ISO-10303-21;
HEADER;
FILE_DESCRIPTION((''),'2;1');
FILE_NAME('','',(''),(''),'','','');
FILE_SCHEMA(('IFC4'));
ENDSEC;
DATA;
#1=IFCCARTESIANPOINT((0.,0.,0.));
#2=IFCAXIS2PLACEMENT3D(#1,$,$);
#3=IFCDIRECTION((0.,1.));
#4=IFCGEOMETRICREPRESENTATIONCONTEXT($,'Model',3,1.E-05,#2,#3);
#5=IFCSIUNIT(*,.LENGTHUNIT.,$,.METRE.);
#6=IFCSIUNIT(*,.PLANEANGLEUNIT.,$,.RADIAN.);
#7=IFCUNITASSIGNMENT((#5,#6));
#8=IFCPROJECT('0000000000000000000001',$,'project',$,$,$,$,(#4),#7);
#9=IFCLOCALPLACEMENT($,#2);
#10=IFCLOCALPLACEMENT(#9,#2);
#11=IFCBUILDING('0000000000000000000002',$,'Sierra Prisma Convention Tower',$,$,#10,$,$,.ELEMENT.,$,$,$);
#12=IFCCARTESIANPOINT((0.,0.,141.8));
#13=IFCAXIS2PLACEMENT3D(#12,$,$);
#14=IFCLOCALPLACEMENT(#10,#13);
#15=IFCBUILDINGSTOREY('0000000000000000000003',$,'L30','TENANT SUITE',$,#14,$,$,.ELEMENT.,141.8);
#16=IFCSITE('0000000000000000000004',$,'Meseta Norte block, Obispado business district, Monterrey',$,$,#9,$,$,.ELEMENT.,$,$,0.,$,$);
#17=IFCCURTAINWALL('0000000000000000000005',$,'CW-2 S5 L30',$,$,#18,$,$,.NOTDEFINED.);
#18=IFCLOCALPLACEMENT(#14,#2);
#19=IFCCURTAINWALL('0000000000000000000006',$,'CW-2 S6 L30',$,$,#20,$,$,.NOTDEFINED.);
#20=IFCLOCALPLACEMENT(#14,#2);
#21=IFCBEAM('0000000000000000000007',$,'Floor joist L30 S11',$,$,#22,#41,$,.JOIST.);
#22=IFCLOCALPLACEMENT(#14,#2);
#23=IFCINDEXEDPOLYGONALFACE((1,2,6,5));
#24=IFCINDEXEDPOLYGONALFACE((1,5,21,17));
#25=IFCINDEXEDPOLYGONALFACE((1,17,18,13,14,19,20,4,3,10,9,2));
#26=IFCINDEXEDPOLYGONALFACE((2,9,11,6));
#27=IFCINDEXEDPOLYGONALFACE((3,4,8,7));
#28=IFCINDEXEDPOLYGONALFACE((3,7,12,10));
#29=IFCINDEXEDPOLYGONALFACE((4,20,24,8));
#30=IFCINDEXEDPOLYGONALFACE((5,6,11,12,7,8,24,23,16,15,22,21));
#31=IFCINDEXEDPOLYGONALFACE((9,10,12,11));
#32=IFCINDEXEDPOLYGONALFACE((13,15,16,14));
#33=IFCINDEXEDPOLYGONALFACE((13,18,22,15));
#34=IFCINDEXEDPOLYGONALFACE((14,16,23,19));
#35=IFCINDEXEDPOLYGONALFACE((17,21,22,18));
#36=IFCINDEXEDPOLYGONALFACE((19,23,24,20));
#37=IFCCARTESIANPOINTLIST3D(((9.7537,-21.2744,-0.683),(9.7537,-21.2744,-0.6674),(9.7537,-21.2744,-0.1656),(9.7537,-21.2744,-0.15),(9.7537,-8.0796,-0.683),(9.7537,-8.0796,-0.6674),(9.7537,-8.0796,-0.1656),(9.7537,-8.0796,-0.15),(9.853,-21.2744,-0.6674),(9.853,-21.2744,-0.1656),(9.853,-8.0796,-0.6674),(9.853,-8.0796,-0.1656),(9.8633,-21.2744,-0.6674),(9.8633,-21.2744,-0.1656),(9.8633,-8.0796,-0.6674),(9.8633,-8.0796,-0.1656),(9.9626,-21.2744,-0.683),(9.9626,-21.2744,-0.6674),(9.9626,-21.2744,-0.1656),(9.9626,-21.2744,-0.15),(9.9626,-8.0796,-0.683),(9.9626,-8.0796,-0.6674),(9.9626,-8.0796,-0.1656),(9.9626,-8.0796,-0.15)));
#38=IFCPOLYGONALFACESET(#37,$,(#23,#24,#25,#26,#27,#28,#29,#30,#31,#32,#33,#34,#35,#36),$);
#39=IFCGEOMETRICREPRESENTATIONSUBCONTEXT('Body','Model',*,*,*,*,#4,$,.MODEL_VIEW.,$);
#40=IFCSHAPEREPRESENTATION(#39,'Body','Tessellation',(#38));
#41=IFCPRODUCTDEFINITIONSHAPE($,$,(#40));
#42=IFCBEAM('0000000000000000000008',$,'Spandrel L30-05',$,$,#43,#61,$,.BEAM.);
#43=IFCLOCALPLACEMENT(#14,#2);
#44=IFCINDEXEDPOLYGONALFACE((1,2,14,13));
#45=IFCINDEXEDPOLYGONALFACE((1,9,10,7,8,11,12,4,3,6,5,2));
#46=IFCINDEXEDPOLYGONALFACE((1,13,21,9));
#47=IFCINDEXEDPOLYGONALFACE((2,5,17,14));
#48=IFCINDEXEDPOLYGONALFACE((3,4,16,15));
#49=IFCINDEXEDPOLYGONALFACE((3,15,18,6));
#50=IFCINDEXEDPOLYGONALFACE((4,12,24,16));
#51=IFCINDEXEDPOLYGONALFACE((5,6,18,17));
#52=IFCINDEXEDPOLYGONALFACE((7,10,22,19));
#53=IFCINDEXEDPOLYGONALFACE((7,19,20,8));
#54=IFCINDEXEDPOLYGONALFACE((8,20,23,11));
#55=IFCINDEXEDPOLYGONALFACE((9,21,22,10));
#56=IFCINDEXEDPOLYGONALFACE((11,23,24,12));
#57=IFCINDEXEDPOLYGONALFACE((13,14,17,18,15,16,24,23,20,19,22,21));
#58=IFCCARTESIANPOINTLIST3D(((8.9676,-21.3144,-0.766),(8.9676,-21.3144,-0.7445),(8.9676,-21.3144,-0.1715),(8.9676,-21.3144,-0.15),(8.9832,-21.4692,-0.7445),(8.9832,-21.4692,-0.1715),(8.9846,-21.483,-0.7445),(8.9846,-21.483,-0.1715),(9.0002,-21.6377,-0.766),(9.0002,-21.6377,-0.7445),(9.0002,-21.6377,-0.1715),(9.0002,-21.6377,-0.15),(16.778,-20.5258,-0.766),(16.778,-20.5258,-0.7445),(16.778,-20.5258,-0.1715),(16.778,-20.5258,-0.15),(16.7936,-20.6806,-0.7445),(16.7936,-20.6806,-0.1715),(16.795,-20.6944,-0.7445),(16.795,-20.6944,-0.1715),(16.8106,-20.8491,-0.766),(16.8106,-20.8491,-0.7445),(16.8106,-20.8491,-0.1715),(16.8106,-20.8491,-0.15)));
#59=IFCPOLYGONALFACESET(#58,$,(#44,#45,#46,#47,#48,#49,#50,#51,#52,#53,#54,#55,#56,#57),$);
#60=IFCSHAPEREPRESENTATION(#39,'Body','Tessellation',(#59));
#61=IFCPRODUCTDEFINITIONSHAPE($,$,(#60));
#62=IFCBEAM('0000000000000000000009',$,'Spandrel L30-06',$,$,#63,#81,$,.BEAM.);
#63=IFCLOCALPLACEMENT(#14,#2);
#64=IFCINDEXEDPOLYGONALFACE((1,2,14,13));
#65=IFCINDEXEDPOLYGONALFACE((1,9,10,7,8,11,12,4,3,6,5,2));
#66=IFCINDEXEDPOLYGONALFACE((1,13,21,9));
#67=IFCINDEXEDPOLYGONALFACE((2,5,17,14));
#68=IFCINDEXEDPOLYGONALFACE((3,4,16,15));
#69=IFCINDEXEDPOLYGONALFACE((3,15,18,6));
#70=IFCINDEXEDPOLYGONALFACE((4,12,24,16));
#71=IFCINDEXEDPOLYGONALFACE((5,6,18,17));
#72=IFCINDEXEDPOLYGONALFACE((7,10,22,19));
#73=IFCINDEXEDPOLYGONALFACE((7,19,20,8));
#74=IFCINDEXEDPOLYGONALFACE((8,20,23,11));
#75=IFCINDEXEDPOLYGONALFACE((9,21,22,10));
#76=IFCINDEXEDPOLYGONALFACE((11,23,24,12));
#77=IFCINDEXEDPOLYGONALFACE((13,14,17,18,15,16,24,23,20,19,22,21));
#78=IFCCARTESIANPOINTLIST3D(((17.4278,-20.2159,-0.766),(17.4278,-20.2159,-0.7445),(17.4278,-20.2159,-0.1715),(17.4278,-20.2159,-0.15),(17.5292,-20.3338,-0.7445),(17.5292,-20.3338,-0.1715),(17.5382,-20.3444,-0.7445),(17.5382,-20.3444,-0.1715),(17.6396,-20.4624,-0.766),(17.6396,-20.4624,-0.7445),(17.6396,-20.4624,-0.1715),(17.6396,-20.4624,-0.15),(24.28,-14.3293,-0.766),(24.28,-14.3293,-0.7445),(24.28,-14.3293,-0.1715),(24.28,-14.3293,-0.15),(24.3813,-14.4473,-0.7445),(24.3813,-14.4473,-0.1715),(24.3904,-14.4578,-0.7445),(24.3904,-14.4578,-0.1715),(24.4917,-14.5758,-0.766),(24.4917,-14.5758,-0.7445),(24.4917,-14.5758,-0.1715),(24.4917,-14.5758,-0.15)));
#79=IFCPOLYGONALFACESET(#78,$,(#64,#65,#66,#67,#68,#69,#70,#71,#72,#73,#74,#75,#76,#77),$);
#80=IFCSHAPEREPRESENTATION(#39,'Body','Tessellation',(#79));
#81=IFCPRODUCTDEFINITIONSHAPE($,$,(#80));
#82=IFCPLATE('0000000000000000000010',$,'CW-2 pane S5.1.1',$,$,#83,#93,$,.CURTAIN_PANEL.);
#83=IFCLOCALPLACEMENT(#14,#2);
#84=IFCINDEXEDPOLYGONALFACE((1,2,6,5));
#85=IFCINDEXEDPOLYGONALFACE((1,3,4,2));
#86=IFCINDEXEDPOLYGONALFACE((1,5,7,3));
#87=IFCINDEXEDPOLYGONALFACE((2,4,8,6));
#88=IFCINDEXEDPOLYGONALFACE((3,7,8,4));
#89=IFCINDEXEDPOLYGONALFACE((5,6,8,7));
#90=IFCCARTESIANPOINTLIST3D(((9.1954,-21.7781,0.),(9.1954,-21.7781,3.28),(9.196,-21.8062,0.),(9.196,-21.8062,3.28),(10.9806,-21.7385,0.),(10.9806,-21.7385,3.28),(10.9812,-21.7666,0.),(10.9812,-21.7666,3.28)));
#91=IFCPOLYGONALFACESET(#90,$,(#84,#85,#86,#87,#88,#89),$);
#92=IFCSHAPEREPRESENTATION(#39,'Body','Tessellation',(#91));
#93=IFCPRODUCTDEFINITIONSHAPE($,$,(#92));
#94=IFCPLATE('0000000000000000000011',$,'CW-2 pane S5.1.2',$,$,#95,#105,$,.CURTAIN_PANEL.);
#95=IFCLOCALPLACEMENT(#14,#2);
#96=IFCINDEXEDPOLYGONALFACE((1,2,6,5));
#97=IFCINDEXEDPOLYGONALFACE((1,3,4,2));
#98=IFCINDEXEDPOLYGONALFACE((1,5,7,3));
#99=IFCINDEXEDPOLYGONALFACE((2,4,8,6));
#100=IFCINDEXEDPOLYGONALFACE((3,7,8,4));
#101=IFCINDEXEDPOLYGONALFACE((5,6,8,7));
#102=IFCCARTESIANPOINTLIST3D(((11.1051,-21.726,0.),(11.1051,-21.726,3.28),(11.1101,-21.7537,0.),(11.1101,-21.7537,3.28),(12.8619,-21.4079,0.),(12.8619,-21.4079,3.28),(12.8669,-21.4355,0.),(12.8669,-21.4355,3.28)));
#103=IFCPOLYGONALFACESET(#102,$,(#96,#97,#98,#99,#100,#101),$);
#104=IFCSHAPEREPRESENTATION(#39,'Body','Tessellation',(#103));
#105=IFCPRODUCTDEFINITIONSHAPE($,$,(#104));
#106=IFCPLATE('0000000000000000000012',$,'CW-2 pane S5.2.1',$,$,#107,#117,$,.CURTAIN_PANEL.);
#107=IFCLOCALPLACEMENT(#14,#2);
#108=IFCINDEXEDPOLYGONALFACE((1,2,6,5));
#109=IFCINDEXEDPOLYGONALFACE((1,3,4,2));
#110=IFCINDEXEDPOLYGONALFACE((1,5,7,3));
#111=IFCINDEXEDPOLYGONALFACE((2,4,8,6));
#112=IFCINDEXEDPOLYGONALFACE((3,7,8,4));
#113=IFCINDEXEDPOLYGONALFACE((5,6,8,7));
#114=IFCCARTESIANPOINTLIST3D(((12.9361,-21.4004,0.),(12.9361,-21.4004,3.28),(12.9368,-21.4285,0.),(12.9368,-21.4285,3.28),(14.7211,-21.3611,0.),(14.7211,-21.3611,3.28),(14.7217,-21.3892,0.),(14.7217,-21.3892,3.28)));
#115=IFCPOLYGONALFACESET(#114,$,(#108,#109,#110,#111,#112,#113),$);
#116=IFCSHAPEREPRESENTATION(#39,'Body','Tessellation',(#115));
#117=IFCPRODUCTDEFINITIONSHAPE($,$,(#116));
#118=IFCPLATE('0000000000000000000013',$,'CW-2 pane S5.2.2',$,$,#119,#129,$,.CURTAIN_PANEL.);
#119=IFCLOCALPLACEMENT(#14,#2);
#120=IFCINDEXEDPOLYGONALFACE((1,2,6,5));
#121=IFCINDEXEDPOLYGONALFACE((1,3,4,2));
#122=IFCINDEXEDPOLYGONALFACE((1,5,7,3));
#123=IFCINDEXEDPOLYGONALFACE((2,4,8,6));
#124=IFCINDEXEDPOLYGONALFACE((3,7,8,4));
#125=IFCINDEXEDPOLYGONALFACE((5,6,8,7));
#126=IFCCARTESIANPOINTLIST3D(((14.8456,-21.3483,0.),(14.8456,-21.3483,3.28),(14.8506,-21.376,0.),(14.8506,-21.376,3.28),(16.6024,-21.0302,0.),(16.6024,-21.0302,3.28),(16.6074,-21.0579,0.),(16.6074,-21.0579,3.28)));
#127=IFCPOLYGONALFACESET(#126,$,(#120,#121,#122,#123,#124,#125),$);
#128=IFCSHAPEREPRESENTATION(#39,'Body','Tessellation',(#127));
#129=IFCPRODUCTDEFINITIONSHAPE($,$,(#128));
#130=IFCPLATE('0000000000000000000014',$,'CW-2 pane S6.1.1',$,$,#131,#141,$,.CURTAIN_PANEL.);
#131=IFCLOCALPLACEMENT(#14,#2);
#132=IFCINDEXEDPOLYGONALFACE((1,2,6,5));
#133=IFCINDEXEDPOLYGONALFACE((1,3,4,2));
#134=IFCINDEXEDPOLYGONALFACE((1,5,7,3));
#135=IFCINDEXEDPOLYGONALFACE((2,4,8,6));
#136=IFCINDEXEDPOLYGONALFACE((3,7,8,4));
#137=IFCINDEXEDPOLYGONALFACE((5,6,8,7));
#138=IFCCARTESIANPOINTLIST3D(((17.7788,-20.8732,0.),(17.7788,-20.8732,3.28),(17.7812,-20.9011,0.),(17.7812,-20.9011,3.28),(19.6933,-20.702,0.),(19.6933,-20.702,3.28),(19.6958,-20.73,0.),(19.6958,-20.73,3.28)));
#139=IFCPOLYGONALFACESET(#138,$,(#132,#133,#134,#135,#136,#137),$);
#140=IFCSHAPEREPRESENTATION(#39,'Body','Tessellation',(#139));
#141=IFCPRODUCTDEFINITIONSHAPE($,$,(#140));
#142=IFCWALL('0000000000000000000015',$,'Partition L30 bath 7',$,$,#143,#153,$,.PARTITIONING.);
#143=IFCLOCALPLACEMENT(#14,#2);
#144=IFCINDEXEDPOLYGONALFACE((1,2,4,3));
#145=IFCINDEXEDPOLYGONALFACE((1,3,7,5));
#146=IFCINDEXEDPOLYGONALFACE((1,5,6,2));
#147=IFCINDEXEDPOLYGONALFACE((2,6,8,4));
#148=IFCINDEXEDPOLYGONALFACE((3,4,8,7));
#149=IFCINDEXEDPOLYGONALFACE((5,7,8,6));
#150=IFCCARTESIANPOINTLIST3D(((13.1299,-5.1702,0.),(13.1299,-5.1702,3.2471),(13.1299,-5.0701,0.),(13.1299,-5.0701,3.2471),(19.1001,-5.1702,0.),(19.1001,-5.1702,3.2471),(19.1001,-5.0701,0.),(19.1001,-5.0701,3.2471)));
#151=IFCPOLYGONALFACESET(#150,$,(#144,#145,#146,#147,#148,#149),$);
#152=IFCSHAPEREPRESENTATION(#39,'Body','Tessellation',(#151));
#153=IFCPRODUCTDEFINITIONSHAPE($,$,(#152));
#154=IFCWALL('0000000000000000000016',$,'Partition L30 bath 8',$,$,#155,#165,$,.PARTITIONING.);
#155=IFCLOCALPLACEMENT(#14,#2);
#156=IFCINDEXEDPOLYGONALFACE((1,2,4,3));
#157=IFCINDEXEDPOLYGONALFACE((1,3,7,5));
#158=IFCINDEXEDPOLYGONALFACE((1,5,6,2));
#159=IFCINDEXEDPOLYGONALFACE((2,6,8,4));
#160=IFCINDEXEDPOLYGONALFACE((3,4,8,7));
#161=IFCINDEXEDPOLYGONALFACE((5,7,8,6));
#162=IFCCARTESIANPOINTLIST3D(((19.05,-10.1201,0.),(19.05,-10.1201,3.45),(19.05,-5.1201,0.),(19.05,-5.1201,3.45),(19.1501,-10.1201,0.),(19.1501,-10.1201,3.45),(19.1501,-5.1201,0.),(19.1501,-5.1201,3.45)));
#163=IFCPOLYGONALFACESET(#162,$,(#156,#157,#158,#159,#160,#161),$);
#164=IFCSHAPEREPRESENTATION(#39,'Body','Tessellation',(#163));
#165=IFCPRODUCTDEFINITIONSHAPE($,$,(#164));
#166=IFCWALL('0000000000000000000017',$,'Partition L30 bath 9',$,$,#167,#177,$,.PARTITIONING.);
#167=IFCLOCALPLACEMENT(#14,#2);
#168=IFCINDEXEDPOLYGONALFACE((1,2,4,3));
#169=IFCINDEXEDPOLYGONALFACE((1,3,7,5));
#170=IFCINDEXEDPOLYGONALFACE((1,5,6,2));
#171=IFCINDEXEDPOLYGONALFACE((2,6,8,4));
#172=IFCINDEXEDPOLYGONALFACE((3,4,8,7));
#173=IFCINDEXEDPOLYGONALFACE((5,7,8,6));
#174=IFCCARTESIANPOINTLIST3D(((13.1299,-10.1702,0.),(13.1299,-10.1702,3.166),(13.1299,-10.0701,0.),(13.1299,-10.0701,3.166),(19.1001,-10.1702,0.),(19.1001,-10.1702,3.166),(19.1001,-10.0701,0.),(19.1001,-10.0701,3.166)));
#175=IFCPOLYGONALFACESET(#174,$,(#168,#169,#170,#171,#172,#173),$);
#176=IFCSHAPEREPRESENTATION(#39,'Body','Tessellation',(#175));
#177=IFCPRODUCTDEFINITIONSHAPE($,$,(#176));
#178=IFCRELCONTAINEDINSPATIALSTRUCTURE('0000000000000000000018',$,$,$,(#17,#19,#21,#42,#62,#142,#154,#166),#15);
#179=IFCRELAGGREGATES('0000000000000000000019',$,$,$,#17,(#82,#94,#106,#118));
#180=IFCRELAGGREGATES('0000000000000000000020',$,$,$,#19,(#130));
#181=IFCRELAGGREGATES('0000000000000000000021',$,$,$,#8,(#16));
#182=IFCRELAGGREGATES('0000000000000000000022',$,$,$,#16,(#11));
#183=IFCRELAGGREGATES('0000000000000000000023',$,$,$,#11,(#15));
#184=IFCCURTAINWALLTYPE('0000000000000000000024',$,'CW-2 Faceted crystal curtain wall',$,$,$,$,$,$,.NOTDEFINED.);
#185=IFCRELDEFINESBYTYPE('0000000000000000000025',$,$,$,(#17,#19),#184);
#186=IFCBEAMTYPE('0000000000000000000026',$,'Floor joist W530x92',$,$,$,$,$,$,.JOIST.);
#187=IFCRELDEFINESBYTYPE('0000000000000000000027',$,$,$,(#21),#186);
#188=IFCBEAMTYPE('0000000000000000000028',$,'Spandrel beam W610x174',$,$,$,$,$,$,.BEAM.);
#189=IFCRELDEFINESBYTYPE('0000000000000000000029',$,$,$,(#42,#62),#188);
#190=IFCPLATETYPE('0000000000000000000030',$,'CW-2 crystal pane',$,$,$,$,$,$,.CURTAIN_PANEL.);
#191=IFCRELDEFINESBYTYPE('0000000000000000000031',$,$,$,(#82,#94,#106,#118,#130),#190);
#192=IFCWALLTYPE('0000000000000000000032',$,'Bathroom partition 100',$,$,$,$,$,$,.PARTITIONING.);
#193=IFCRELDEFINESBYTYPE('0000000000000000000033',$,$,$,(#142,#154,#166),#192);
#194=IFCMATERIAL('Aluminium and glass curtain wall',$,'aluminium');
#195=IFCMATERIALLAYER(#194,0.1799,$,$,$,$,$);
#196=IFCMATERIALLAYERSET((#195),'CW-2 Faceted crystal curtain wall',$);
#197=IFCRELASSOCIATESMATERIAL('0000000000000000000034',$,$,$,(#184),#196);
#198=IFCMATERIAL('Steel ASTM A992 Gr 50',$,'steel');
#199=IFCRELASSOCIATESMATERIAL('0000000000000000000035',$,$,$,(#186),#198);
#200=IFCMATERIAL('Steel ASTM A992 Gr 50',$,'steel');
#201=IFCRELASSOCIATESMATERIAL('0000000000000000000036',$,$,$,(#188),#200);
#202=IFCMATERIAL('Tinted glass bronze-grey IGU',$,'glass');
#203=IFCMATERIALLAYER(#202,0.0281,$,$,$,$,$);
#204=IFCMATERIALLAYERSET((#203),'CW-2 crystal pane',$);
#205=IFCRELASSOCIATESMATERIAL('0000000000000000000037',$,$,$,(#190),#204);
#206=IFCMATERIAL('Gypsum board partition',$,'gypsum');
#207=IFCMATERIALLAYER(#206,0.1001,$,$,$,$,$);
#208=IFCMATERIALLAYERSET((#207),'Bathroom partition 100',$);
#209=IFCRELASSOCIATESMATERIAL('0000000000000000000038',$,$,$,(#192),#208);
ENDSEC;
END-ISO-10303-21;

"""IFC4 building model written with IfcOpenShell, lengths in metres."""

from ifc_helpers import new_model, si_unit, direction, frame, frame_2d, origin, origin_2d, place, context, subcontext, project, spatial, polyline, rectangle, i_section, outline, extrude, material, layer, layer_set, material_profile, profile_set, type_object, element, aggregate, save


model = new_model("IFC4")

# Units and contexts
model_context = context("Model", 3, precision=1e-05, world=origin(), true_north=direction((0.0, 1.0)))
body_context = subcontext(model_context, "Body", "Model", "MODEL_VIEW")
ifc_project = project(units=[si_unit("LENGTHUNIT", "METRE"), si_unit("PLANEANGLEUNIT", "RADIAN")], contexts=[model_context])

# Site, building, storey
site_placement = place(None, origin())
site = spatial("IfcSite", under=ifc_project, at=site_placement, Name="Meseta Norte block, Obispado business district, Monterrey", CompositionType="ELEMENT", RefElevation=0.0)
building_placement = place(site_placement, origin())
building = spatial("IfcBuilding", under=site, at=building_placement, Name="Sierra Prisma Convention Tower", CompositionType="ELEMENT")
storey_placement = place(building_placement, frame((0.0, 0.0, 141.8)))
storey = spatial("IfcBuildingStorey", under=building, at=storey_placement, Name="L30", Description="TENANT SUITE", CompositionType="ELEMENT", Elevation=141.8)

# Curtain wall
ifc_material_1 = material(Name="Aluminium and glass curtain wall", Category="aluminium")
ifc_layer_1 = layer(ifc_material_1, 0.1799)
ifc_layer_set_1 = layer_set([ifc_layer_1], Name="CW-2 Faceted crystal curtain wall")
curtain_wall_type_1 = type_object("IfcCurtainWallType", Name="CW-2 Faceted crystal curtain wall", PredefinedType="NOTDEFINED", material=ifc_layer_set_1)
curtain_wall_1_placement = place(storey_placement, origin())
curtain_wall_1 = element("IfcCurtainWall", 1, at=curtain_wall_1_placement, inside=storey, type_object=curtain_wall_type_1, Name="CW-2 S5 L30", PredefinedType="NOTDEFINED")

# Curtain wall
curtain_wall_2_placement = place(storey_placement, origin())
curtain_wall_2 = element("IfcCurtainWall", 2, at=curtain_wall_2_placement, inside=storey, type_object=curtain_wall_type_1, Name="CW-2 S6 L30", PredefinedType="NOTDEFINED")

# Beams
ifc_material_2 = material(Name="Steel ASTM A992 Gr 50", Category="steel")
ifc_material_profile_1 = material_profile(ifc_material_2, i_section(OverallWidth=0.209, OverallDepth=0.533, WebThickness=0.0103, FlangeThickness=0.0156, at=origin_2d()), Name="W530x92")
ifc_profile_set_1 = profile_set([ifc_material_profile_1], Name="Steel ASTM A992 Gr 50")
beam_type_1 = type_object("IfcBeamType", Name="Floor joist W530x92", PredefinedType="JOIST", material=ifc_profile_set_1)
beam_1_placement = place(storey_placement, frame((9.8582, -21.2744, -0.4165), z_axis=(0.0, 1.0, 0.0), x_axis=(-1.0, 0.0, 0.0)))
element("IfcBeam", 3, at=beam_1_placement, inside=storey, type_object=beam_type_1, Name="Floor joist L30 S11", PredefinedType="JOIST", context=body_context, shape_type="SweptSolid", body=[
    extrude(i_section(OverallWidth=0.209, OverallDepth=0.533, WebThickness=0.0103, FlangeThickness=0.0156, at=origin_2d()), origin(), (0.0, 0.0, 1.0), 13.1948),
])
ifc_material_3 = material(Name="Steel ASTM A992 Gr 50", Category="steel")
ifc_material_profile_2 = material_profile(ifc_material_3, i_section(OverallWidth=0.325, OverallDepth=0.616, WebThickness=0.0139, FlangeThickness=0.0215, at=origin_2d()), Name="W610x174")
ifc_profile_set_2 = profile_set([ifc_material_profile_2], Name="Steel ASTM A992 Gr 50")
beam_type_2 = type_object("IfcBeamType", Name="Spandrel beam W610x174", PredefinedType="BEAM", material=ifc_profile_set_2)
beam_2_placement = place(storey_placement, frame((8.9839, -21.4761, -0.458), z_axis=(0.994942, 0.100455, 0.0), x_axis=(-0.100455, 0.994942, 0.0)))
element("IfcBeam", 4, at=beam_2_placement, inside=storey, type_object=beam_type_2, Name="Spandrel L30-05", PredefinedType="BEAM", context=body_context, shape_type="SweptSolid", body=[
    extrude(i_section(OverallWidth=0.325, OverallDepth=0.616, WebThickness=0.0139, FlangeThickness=0.0215, at=origin_2d()), origin(), (0.0, 0.0, 1.0), 7.8501),
])
beam_3_placement = place(storey_placement, frame((17.5337, -20.3391, -0.458), z_axis=(0.758529, 0.651639, 0.0), x_axis=(-0.651639, 0.758529, 0.0)))
element("IfcBeam", 5, at=beam_3_placement, inside=storey, type_object=beam_type_2, Name="Spandrel L30-06", PredefinedType="BEAM", context=body_context, shape_type="SweptSolid", body=[
    extrude(i_section(OverallWidth=0.325, OverallDepth=0.616, WebThickness=0.0139, FlangeThickness=0.0215, at=origin_2d()), origin(), (0.0, 0.0, 1.0), 9.0334),
])

# Plates
ifc_material_4 = material(Name="Tinted glass bronze-grey IGU", Category="glass")
ifc_layer_2 = layer(ifc_material_4, 0.0281)
ifc_layer_set_2 = layer_set([ifc_layer_2], Name="CW-2 crystal pane")
plate_type = type_object("IfcPlateType", Name="CW-2 crystal pane", PredefinedType="CURTAIN_PANEL", material=ifc_layer_set_2)
plate_1_placement = place(storey_placement, frame((9.196, -21.8062, 0.0), z_axis=(0.02215, -0.999755, 0.0), x_axis=(0.999755, 0.02215, 0.0)))
plate_1 = element("IfcPlate", 6, at=plate_1_placement, type_object=plate_type, Name="CW-2 pane S5.1.1", PredefinedType="CURTAIN_PANEL", context=body_context, shape_type="SweptSolid", body=[
    extrude(outline(polyline([(0.0, 0.0), (1.7856, 0.0), (1.7856, 3.28), (0.0, 3.28), (0.0, 0.0)])), origin(), (0.0, 0.0, -1.0), 0.0281),
])
plate_2_placement = place(storey_placement, frame((12.8669, -21.4355, 0.0), z_axis=(0.178175, -0.983999, 0.0), x_axis=(-0.983999, -0.178175, 0.0)))
plate_2 = element("IfcPlate", 7, at=plate_2_placement, type_object=plate_type, Name="CW-2 pane S5.1.2", PredefinedType="CURTAIN_PANEL", context=body_context, shape_type="SweptSolid", body=[
    extrude(outline(polyline([(0.0, 0.0), (1.7854, 0.0), (1.7854, -3.28), (0.0, -3.28), (0.0, 0.0)])), origin(), (0.0, 0.0, -1.0), 0.0281),
])
plate_3_placement = place(storey_placement, frame((12.9368, -21.4285, 0.0), z_axis=(0.022016, -0.999758, 0.0), x_axis=(0.999758, 0.022016, 0.0)))
plate_3 = element("IfcPlate", 8, at=plate_3_placement, type_object=plate_type, Name="CW-2 pane S5.2.1", PredefinedType="CURTAIN_PANEL", context=body_context, shape_type="SweptSolid", body=[
    extrude(outline(polyline([(0.0, 0.0), (1.7853, 0.0), (1.7853, 3.28), (0.0, 3.28), (0.0, 0.0)])), origin(), (0.0, 0.0, -1.0), 0.0281),
])
plate_4_placement = place(storey_placement, frame((16.6074, -21.0579, 0.0), z_axis=(0.178175, -0.983999, 0.0), x_axis=(-0.983999, -0.178175, 0.0)))
plate_4 = element("IfcPlate", 9, at=plate_4_placement, type_object=plate_type, Name="CW-2 pane S5.2.2", PredefinedType="CURTAIN_PANEL", context=body_context, shape_type="SweptSolid", body=[
    extrude(outline(polyline([(0.0, 0.0), (1.7854, 0.0), (1.7854, -3.28), (0.0, -3.28), (0.0, 0.0)])), origin(), (0.0, 0.0, -1.0), 0.0281),
])
aggregate(curtain_wall_1, [plate_1, plate_2, plate_3, plate_4])
plate_5_placement = place(storey_placement, frame((17.7812, -20.9011, 0.0), z_axis=(0.089035, -0.996028, 0.0), x_axis=(0.996028, 0.089035, 0.0)))
plate_5 = element("IfcPlate", 10, at=plate_5_placement, type_object=plate_type, Name="CW-2 pane S6.1.1", PredefinedType="CURTAIN_PANEL", context=body_context, shape_type="SweptSolid", body=[
    extrude(outline(polyline([(0.0, 0.0), (1.9222, 0.0), (1.9222, 3.28), (0.0, 3.28), (0.0, 0.0)])), origin(), (0.0, 0.0, -1.0), 0.0281),
])
aggregate(curtain_wall_2, [plate_5])

# Walls
ifc_material_5 = material(Name="Gypsum board partition", Category="gypsum")
ifc_layer_3 = layer(ifc_material_5, 0.1001)
ifc_layer_set_3 = layer_set([ifc_layer_3], Name="Bathroom partition 100")
wall_type_1 = type_object("IfcWallType", Name="Bathroom partition 100", PredefinedType="PARTITIONING", material=ifc_layer_set_3)
wall_1_placement = place(storey_placement, frame((13.1299, -5.1201, 0.0), z_axis=(0.0, 0.0, 1.0), x_axis=(1.0, 0.0, 0.0)))
element("IfcWall", 11, at=wall_1_placement, inside=storey, type_object=wall_type_1, Name="Partition L30 bath 7", PredefinedType="PARTITIONING", context=body_context, shape_type="SweptSolid", body=[
    extrude(rectangle(XDim=5.9702, YDim=0.1001, at=frame_2d((2.9851, 0.0))), origin(), (0.0, 0.0, 1.0), 3.2471),
])
wall_2_placement = place(storey_placement, frame((19.1001, -5.1201, 0.0), z_axis=(0.0, 0.0, 1.0), x_axis=(0.0, -1.0, 0.0)))
element("IfcWall", 12, at=wall_2_placement, inside=storey, type_object=wall_type_1, Name="Partition L30 bath 8", PredefinedType="PARTITIONING", context=body_context, shape_type="SweptSolid", body=[
    extrude(rectangle(XDim=5.0, YDim=0.1001, at=frame_2d((2.5, 0.0))), origin(), (0.0, 0.0, 1.0), 3.45),
])
wall_3_placement = place(storey_placement, frame((19.1001, -10.1201, 0.0), z_axis=(0.0, 0.0, 1.0), x_axis=(-1.0, 0.0, 0.0)))
element("IfcWall", 13, at=wall_3_placement, inside=storey, type_object=wall_type_1, Name="Partition L30 bath 9", PredefinedType="PARTITIONING", context=body_context, shape_type="SweptSolid", body=[
    extrude(rectangle(XDim=5.9702, YDim=0.1001, at=frame_2d((2.9851, 0.0))), origin(), (0.0, 0.0, 1.0), 3.166),
])

save(model, "model.ifc")
